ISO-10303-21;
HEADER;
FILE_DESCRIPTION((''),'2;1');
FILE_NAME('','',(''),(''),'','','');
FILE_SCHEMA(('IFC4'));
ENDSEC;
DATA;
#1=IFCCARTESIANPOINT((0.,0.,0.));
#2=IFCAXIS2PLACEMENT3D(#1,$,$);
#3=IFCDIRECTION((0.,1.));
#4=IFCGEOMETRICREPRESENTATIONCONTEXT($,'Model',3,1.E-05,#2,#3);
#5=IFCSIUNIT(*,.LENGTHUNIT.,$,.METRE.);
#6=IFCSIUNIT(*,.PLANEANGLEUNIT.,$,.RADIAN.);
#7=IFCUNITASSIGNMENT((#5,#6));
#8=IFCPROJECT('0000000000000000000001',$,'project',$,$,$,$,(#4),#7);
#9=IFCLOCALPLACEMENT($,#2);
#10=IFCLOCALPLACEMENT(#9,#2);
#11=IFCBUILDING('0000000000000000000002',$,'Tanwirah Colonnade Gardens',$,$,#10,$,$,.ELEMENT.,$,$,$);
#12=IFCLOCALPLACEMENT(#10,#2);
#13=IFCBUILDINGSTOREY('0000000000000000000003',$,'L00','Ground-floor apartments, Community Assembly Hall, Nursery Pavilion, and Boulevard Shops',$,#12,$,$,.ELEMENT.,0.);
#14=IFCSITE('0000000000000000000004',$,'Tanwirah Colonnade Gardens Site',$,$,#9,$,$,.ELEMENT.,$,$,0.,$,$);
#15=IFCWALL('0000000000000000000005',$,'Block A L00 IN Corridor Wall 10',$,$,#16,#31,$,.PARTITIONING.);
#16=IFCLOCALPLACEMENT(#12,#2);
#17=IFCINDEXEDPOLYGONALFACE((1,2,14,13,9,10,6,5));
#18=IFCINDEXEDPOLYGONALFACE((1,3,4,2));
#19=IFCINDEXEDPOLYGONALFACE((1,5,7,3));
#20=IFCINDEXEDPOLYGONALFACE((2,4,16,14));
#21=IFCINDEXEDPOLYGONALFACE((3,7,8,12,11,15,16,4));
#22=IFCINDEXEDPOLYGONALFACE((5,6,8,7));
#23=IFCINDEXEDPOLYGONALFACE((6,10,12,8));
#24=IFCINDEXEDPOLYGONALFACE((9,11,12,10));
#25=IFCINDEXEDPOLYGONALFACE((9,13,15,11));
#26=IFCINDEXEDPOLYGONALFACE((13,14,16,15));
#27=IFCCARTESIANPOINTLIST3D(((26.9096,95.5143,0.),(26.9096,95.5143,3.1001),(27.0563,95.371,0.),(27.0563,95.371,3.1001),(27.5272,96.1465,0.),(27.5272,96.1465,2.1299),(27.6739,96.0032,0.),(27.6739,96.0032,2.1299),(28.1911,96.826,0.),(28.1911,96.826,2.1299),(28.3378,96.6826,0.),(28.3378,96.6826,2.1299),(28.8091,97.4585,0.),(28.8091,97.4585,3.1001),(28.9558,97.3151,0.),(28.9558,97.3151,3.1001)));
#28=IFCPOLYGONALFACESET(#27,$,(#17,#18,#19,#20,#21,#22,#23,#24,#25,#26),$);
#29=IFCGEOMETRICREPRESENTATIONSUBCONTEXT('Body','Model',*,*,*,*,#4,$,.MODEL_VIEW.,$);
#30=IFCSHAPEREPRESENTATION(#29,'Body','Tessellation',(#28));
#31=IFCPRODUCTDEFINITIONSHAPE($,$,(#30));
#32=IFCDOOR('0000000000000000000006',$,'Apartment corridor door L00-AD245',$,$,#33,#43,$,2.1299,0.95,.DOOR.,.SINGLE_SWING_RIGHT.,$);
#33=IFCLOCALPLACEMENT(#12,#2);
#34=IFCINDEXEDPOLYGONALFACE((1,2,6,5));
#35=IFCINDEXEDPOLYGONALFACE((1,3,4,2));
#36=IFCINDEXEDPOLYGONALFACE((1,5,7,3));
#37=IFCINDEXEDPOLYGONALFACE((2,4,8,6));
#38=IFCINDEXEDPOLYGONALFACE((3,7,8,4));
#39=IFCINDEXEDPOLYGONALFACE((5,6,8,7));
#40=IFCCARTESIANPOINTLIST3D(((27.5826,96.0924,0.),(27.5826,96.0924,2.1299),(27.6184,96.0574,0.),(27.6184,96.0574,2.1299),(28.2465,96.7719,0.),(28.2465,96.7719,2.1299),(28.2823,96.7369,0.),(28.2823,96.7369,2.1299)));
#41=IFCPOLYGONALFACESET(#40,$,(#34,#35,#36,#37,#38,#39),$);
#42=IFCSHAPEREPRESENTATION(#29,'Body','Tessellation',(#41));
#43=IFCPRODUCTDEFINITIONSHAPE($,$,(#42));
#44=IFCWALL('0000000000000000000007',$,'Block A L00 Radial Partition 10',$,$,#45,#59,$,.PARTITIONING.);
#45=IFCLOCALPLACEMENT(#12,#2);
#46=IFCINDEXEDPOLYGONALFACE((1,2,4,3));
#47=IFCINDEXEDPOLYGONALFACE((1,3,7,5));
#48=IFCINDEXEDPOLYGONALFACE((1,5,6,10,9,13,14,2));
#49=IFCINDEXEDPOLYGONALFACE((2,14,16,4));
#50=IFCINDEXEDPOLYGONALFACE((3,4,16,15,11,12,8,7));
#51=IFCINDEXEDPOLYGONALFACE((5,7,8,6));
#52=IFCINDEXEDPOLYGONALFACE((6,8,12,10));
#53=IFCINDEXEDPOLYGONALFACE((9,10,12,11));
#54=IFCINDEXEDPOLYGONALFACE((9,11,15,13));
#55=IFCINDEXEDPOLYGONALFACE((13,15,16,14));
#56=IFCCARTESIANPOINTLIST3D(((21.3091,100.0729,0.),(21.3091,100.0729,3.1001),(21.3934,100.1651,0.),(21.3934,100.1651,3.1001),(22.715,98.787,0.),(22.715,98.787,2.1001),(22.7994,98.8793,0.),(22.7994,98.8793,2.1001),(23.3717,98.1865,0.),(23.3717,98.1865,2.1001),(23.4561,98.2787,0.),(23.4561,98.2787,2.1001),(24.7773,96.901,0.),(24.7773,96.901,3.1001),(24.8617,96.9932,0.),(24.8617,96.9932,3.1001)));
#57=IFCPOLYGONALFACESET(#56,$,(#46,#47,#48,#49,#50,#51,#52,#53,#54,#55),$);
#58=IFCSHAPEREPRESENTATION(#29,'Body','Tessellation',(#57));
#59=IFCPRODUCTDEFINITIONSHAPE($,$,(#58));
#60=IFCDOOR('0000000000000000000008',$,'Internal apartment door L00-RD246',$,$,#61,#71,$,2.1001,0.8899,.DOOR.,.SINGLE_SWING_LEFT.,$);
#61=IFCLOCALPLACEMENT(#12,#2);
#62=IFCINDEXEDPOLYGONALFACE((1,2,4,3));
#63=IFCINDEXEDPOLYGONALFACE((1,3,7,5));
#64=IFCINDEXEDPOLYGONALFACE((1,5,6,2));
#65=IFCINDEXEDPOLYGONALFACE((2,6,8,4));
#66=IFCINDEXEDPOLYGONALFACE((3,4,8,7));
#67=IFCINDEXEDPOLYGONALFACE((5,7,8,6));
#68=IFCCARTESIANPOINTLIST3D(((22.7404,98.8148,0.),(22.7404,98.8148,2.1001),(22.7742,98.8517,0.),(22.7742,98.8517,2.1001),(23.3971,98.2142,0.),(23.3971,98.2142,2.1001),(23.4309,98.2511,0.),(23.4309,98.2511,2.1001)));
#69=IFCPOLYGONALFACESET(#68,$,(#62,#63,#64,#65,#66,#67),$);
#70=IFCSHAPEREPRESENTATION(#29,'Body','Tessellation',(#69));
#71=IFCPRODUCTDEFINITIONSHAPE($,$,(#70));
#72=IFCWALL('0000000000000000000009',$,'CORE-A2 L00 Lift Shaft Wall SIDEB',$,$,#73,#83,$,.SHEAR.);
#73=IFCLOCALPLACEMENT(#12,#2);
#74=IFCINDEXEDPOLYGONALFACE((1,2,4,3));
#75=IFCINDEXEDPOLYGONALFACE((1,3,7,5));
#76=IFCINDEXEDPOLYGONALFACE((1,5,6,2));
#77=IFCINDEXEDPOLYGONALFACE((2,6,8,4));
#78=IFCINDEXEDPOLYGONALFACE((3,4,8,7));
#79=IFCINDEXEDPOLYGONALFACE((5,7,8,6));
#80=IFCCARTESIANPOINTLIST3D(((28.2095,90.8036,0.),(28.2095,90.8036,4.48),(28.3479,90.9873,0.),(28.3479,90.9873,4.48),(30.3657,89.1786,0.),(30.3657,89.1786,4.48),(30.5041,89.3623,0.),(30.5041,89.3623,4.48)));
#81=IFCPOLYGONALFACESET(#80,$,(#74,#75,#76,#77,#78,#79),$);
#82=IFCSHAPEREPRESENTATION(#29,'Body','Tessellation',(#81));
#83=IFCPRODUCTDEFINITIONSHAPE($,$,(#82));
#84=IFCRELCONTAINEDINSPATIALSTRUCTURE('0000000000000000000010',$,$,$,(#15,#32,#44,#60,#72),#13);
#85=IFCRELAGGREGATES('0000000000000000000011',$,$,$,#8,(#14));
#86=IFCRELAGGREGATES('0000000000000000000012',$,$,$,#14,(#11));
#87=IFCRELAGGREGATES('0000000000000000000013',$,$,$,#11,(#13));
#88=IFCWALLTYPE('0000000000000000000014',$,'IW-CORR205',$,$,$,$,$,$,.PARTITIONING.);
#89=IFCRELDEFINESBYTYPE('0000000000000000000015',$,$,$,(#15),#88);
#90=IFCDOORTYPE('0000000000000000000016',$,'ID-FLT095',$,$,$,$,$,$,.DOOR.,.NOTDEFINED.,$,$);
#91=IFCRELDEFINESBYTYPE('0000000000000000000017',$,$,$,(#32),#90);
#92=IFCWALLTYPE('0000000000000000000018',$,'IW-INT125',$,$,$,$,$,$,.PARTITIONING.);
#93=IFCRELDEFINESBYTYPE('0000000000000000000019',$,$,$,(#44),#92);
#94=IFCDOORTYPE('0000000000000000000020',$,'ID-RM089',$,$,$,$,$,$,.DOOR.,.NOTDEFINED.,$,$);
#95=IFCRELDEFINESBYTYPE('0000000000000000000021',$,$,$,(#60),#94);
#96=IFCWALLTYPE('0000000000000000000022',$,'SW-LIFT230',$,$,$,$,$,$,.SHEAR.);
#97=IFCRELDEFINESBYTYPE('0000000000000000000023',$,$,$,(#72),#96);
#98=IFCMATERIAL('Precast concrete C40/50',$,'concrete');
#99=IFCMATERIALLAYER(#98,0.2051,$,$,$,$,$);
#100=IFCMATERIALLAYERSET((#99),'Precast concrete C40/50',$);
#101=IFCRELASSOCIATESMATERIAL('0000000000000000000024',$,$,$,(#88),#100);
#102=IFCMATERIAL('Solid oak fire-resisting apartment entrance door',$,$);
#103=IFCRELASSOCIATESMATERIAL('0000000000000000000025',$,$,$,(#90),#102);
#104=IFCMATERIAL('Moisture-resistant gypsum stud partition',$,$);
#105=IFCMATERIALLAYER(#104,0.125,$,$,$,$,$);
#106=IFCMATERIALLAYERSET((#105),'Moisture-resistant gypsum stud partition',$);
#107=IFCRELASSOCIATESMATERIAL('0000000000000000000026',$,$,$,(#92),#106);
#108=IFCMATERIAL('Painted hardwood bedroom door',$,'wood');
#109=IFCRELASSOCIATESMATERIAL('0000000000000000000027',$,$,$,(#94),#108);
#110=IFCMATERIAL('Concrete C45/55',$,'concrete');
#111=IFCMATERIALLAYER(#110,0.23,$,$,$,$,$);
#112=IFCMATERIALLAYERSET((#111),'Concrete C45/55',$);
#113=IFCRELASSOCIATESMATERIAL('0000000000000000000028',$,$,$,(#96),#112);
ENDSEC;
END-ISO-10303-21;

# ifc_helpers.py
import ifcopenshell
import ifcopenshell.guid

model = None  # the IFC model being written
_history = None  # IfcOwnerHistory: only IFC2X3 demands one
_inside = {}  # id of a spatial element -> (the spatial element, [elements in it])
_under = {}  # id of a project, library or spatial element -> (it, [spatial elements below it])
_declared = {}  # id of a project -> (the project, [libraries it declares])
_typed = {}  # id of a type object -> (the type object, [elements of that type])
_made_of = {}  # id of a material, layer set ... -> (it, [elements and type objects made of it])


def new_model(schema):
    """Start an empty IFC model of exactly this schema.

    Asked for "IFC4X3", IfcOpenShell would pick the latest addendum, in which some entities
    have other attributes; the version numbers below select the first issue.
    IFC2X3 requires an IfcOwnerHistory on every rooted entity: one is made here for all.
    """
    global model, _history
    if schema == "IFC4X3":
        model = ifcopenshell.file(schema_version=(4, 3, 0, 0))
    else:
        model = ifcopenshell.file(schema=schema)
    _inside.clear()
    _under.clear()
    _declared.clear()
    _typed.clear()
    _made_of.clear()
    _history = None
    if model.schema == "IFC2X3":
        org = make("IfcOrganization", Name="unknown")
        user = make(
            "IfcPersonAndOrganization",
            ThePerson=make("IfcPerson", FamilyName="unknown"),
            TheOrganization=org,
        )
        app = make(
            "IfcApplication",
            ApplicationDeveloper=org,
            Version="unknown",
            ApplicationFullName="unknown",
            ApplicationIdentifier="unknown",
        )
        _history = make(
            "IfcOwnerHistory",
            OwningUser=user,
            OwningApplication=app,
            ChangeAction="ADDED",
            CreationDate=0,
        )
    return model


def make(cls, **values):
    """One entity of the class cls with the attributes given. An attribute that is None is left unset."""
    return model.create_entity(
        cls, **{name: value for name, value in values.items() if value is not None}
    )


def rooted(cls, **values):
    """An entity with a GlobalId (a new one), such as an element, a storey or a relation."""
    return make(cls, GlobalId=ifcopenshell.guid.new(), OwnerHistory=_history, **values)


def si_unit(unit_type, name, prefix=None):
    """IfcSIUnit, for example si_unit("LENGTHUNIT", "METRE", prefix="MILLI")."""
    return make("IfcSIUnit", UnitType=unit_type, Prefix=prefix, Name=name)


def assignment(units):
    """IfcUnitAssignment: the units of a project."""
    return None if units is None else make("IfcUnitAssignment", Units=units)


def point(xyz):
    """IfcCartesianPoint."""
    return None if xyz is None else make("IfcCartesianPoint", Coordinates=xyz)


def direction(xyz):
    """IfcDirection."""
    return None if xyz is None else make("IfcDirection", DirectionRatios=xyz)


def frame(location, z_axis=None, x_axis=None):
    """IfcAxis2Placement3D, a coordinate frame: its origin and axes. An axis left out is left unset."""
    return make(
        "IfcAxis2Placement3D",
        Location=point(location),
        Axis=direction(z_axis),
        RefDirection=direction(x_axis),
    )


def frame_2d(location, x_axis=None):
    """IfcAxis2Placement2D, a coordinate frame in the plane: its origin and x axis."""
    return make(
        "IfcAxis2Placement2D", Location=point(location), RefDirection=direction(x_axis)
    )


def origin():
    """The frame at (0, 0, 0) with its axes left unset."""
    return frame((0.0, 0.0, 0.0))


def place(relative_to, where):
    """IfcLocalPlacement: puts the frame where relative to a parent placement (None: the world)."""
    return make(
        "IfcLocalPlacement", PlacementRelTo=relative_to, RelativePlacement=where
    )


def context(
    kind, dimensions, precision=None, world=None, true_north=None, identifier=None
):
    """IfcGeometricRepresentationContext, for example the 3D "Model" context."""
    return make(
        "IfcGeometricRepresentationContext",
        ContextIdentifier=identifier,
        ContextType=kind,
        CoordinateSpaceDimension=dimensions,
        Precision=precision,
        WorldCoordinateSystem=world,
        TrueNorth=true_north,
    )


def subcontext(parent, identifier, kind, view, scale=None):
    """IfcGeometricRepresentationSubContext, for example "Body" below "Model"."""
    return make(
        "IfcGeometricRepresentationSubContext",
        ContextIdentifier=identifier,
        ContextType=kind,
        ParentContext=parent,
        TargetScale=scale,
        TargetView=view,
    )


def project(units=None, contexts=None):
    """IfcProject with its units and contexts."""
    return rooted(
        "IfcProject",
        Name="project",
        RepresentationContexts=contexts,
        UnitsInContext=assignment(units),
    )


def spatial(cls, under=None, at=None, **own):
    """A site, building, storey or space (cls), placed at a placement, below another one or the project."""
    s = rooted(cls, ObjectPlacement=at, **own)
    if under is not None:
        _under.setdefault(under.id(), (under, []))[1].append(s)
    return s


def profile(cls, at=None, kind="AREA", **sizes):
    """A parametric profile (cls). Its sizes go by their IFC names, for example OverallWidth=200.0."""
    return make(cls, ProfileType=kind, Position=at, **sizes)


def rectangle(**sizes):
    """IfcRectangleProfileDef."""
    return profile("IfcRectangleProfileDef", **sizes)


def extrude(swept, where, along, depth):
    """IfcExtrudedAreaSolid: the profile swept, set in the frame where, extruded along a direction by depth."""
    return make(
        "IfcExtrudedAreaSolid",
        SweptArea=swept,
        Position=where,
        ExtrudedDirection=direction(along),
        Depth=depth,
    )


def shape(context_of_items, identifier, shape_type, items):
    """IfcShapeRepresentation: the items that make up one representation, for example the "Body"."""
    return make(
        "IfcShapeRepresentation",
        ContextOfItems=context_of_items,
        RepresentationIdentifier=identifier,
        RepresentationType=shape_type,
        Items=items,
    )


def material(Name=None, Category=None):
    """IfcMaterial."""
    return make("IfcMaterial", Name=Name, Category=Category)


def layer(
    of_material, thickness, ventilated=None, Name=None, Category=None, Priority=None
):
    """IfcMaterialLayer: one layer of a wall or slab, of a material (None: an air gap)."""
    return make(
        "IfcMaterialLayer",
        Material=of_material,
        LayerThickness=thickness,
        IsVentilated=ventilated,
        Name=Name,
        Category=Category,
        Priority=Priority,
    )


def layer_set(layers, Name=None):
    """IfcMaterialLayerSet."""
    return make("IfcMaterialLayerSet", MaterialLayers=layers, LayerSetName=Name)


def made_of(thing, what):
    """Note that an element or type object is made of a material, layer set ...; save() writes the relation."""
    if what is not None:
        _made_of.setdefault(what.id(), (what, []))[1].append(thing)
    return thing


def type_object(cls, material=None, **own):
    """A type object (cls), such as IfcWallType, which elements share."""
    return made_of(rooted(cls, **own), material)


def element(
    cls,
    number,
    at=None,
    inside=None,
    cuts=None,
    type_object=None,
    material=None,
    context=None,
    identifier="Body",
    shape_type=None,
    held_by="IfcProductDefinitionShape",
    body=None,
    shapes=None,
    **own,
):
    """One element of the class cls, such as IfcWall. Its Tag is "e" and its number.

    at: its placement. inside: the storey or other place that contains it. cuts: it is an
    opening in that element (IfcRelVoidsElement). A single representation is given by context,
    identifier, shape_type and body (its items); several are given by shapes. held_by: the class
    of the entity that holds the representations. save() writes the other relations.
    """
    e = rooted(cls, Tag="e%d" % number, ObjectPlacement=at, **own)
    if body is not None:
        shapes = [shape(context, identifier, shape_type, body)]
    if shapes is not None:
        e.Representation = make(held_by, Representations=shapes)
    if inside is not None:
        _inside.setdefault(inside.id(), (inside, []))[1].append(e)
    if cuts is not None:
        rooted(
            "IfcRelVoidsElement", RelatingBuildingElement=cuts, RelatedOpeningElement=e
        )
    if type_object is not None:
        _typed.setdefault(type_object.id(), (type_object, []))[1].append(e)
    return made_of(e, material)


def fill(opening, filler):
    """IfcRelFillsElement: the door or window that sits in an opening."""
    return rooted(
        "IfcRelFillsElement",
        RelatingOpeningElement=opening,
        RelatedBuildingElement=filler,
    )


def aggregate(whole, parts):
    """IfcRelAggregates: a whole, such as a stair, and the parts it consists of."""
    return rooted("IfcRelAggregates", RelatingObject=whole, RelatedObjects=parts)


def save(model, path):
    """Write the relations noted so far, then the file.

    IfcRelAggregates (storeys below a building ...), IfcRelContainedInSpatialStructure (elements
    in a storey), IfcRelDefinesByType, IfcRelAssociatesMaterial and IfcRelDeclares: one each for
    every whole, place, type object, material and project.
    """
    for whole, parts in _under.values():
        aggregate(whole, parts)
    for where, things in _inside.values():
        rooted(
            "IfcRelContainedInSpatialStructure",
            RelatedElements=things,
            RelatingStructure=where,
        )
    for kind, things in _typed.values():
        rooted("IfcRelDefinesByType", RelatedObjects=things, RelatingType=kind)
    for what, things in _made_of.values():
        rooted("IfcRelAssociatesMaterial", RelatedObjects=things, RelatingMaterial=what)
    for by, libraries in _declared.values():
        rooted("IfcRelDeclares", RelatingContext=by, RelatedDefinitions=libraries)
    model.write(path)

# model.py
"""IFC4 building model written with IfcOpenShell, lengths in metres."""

from ifc_helpers import new_model, si_unit, direction, frame, frame_2d, origin, place, context, subcontext, project, spatial, rectangle, extrude, material, layer, layer_set, type_object, element, fill, save


model = new_model("IFC4")

# Units and contexts
model_context = context("Model", 3, precision=1e-05, world=origin(), true_north=direction((0.0, 1.0)))
body_context = subcontext(model_context, "Body", "Model", "MODEL_VIEW")
ifc_project = project(units=[si_unit("LENGTHUNIT", "METRE"), si_unit("PLANEANGLEUNIT", "RADIAN")], contexts=[model_context])

# Site, building, storey
site_placement = place(None, origin())
site = spatial("IfcSite", under=ifc_project, at=site_placement, Name="Tanwirah Colonnade Gardens Site", CompositionType="ELEMENT", RefElevation=0.0)
building_placement = place(site_placement, origin())
building = spatial("IfcBuilding", under=site, at=building_placement, Name="Tanwirah Colonnade Gardens", CompositionType="ELEMENT")
storey_placement = place(building_placement, origin())
storey = spatial("IfcBuildingStorey", under=building, at=storey_placement, Name="L00", Description="Ground-floor apartments, Community Assembly Hall, Nursery Pavilion, and Boulevard Shops", CompositionType="ELEMENT", Elevation=0.0)

# Shared definitions
ifc_material_1 = material(Name="Precast concrete C40/50", Category="concrete")

# Walls, openings, doors
ifc_layer_1 = layer(ifc_material_1, 0.2051)
ifc_layer_set_1 = layer_set([ifc_layer_1], Name="Precast concrete C40/50")
wall_type_1 = type_object("IfcWallType", Name="IW-CORR205", PredefinedType="PARTITIONING", material=ifc_layer_set_1)
wall_1_placement = place(storey_placement, frame((28.8823, 97.3867, 0.0), z_axis=(0.0, 0.0, 1.0), x_axis=(-0.69884, -0.715278, 0.0)))
wall_1 = element("IfcWall", 1, at=wall_1_placement, inside=storey, type_object=wall_type_1, Name="Block A L00 IN Corridor Wall 10", PredefinedType="PARTITIONING", context=body_context, shape_type="SweptSolid", body=[
    extrude(rectangle(XDim=2.718, YDim=0.2051, at=frame_2d((1.3589, 0.0))), origin(), (0.0, 0.0, 1.0), 3.1001),
])
opening_1_placement = place(wall_1_placement, frame((0.884, 0.0, 0.0)))
opening_1 = element("IfcOpeningElement", 2, at=opening_1_placement, cuts=wall_1, PredefinedType="OPENING", context=body_context, shape_type="SweptSolid", body=[
    extrude(rectangle(XDim=0.95, YDim=2.1299, at=frame_2d((0.4751, 1.0649))), frame((0.0, 0.1125, 0.0), z_axis=(0.0, -1.0, 0.0), x_axis=(1.0, 0.0, 0.0)), (0.0, 0.0, 1.0), 0.2251),
])
ifc_material_2 = material(Name="Solid oak fire-resisting apartment entrance door")
door_type_1 = type_object("IfcDoorType", Name="ID-FLT095", OperationType="NOTDEFINED", PredefinedType="DOOR", material=ifc_material_2)
door_1_placement = place(opening_1_placement, origin())
door_1 = element("IfcDoor", 3, at=door_1_placement, inside=storey, type_object=door_type_1, Name="Apartment corridor door L00-AD245", OperationType="SINGLE_SWING_RIGHT", OverallHeight=2.1299, OverallWidth=0.95, PredefinedType="DOOR", context=body_context, shape_type="SweptSolid", body=[
    extrude(rectangle(XDim=0.95, YDim=2.1299, at=frame_2d((0.4751, 1.0649))), frame((0.0, 0.0249, 0.0), z_axis=(0.0, -1.0, 0.0), x_axis=(1.0, 0.0, 0.0)), (0.0, 0.0, 1.0), 0.05),
])
fill(opening_1, door_1)
ifc_material_3 = material(Name="Moisture-resistant gypsum stud partition")
ifc_layer_2 = layer(ifc_material_3, 0.125)
ifc_layer_set_2 = layer_set([ifc_layer_2], Name="Moisture-resistant gypsum stud partition")
wall_type_2 = type_object("IfcWallType", Name="IW-INT125", PredefinedType="PARTITIONING", material=ifc_layer_set_2)
wall_2_placement = place(storey_placement, frame((24.8196, 96.947, 0.0), z_axis=(0.0, 0.0, 1.0), x_axis=(-0.737934, 0.674873, 0.0)))
wall_2 = element("IfcWall", 4, at=wall_2_placement, inside=storey, type_object=wall_type_2, Name="Block A L00 Radial Partition 10", PredefinedType="PARTITIONING", context=body_context, shape_type="SweptSolid", body=[
    extrude(rectangle(XDim=4.7, YDim=0.125, at=frame_2d((2.3501, 0.0))), origin(), (0.0, 0.0, 1.0), 3.1001),
])
opening_2_placement = place(wall_2_placement, frame((1.905, 0.0, 0.0)))
opening_2 = element("IfcOpeningElement", 5, at=opening_2_placement, cuts=wall_2, PredefinedType="OPENING", context=body_context, shape_type="SweptSolid", body=[
    extrude(rectangle(XDim=0.8899, YDim=2.1001, at=frame_2d((0.4448, 1.05))), frame((0.0, 0.0725, 0.0), z_axis=(0.0, -1.0, 0.0), x_axis=(1.0, 0.0, 0.0)), (0.0, 0.0, 1.0), 0.145),
])
ifc_material_4 = material(Name="Painted hardwood bedroom door", Category="wood")
door_type_2 = type_object("IfcDoorType", Name="ID-RM089", OperationType="NOTDEFINED", PredefinedType="DOOR", material=ifc_material_4)
door_2_placement = place(opening_2_placement, origin())
door_2 = element("IfcDoor", 6, at=door_2_placement, inside=storey, type_object=door_type_2, Name="Internal apartment door L00-RD246", OperationType="SINGLE_SWING_LEFT", OverallHeight=2.1001, OverallWidth=0.8899, PredefinedType="DOOR", context=body_context, shape_type="SweptSolid", body=[
    extrude(rectangle(XDim=0.8899, YDim=2.1001, at=frame_2d((0.4448, 1.05))), frame((0.0, 0.0249, 0.0), z_axis=(0.0, -1.0, 0.0), x_axis=(1.0, 0.0, 0.0)), (0.0, 0.0, 1.0), 0.05),
])
fill(opening_2, door_2)

# Wall
ifc_material_5 = material(Name="Concrete C45/55", Category="concrete")
ifc_layer_3 = layer(ifc_material_5, 0.23)
ifc_layer_set_3 = layer_set([ifc_layer_3], Name="Concrete C45/55")
wall_type_3 = type_object("IfcWallType", Name="SW-LIFT230", PredefinedType="SHEAR", material=ifc_layer_set_3)
wall_3_placement = place(storey_placement, frame((28.2786, 90.8955, 0.0), z_axis=(0.0, 0.0, 1.0), x_axis=(0.798609, -0.60185, 0.0)))
element("IfcWall", 7, at=wall_3_placement, inside=storey, type_object=wall_type_3, Name="CORE-A2 L00 Lift Shaft Wall SIDEB", PredefinedType="SHEAR", context=body_context, shape_type="SweptSolid", body=[
    extrude(rectangle(XDim=2.7, YDim=0.23, at=frame_2d((1.3501, 0.0))), origin(), (0.0, 0.0, 1.0), 4.48),
])

save(model, "model.ifc")
